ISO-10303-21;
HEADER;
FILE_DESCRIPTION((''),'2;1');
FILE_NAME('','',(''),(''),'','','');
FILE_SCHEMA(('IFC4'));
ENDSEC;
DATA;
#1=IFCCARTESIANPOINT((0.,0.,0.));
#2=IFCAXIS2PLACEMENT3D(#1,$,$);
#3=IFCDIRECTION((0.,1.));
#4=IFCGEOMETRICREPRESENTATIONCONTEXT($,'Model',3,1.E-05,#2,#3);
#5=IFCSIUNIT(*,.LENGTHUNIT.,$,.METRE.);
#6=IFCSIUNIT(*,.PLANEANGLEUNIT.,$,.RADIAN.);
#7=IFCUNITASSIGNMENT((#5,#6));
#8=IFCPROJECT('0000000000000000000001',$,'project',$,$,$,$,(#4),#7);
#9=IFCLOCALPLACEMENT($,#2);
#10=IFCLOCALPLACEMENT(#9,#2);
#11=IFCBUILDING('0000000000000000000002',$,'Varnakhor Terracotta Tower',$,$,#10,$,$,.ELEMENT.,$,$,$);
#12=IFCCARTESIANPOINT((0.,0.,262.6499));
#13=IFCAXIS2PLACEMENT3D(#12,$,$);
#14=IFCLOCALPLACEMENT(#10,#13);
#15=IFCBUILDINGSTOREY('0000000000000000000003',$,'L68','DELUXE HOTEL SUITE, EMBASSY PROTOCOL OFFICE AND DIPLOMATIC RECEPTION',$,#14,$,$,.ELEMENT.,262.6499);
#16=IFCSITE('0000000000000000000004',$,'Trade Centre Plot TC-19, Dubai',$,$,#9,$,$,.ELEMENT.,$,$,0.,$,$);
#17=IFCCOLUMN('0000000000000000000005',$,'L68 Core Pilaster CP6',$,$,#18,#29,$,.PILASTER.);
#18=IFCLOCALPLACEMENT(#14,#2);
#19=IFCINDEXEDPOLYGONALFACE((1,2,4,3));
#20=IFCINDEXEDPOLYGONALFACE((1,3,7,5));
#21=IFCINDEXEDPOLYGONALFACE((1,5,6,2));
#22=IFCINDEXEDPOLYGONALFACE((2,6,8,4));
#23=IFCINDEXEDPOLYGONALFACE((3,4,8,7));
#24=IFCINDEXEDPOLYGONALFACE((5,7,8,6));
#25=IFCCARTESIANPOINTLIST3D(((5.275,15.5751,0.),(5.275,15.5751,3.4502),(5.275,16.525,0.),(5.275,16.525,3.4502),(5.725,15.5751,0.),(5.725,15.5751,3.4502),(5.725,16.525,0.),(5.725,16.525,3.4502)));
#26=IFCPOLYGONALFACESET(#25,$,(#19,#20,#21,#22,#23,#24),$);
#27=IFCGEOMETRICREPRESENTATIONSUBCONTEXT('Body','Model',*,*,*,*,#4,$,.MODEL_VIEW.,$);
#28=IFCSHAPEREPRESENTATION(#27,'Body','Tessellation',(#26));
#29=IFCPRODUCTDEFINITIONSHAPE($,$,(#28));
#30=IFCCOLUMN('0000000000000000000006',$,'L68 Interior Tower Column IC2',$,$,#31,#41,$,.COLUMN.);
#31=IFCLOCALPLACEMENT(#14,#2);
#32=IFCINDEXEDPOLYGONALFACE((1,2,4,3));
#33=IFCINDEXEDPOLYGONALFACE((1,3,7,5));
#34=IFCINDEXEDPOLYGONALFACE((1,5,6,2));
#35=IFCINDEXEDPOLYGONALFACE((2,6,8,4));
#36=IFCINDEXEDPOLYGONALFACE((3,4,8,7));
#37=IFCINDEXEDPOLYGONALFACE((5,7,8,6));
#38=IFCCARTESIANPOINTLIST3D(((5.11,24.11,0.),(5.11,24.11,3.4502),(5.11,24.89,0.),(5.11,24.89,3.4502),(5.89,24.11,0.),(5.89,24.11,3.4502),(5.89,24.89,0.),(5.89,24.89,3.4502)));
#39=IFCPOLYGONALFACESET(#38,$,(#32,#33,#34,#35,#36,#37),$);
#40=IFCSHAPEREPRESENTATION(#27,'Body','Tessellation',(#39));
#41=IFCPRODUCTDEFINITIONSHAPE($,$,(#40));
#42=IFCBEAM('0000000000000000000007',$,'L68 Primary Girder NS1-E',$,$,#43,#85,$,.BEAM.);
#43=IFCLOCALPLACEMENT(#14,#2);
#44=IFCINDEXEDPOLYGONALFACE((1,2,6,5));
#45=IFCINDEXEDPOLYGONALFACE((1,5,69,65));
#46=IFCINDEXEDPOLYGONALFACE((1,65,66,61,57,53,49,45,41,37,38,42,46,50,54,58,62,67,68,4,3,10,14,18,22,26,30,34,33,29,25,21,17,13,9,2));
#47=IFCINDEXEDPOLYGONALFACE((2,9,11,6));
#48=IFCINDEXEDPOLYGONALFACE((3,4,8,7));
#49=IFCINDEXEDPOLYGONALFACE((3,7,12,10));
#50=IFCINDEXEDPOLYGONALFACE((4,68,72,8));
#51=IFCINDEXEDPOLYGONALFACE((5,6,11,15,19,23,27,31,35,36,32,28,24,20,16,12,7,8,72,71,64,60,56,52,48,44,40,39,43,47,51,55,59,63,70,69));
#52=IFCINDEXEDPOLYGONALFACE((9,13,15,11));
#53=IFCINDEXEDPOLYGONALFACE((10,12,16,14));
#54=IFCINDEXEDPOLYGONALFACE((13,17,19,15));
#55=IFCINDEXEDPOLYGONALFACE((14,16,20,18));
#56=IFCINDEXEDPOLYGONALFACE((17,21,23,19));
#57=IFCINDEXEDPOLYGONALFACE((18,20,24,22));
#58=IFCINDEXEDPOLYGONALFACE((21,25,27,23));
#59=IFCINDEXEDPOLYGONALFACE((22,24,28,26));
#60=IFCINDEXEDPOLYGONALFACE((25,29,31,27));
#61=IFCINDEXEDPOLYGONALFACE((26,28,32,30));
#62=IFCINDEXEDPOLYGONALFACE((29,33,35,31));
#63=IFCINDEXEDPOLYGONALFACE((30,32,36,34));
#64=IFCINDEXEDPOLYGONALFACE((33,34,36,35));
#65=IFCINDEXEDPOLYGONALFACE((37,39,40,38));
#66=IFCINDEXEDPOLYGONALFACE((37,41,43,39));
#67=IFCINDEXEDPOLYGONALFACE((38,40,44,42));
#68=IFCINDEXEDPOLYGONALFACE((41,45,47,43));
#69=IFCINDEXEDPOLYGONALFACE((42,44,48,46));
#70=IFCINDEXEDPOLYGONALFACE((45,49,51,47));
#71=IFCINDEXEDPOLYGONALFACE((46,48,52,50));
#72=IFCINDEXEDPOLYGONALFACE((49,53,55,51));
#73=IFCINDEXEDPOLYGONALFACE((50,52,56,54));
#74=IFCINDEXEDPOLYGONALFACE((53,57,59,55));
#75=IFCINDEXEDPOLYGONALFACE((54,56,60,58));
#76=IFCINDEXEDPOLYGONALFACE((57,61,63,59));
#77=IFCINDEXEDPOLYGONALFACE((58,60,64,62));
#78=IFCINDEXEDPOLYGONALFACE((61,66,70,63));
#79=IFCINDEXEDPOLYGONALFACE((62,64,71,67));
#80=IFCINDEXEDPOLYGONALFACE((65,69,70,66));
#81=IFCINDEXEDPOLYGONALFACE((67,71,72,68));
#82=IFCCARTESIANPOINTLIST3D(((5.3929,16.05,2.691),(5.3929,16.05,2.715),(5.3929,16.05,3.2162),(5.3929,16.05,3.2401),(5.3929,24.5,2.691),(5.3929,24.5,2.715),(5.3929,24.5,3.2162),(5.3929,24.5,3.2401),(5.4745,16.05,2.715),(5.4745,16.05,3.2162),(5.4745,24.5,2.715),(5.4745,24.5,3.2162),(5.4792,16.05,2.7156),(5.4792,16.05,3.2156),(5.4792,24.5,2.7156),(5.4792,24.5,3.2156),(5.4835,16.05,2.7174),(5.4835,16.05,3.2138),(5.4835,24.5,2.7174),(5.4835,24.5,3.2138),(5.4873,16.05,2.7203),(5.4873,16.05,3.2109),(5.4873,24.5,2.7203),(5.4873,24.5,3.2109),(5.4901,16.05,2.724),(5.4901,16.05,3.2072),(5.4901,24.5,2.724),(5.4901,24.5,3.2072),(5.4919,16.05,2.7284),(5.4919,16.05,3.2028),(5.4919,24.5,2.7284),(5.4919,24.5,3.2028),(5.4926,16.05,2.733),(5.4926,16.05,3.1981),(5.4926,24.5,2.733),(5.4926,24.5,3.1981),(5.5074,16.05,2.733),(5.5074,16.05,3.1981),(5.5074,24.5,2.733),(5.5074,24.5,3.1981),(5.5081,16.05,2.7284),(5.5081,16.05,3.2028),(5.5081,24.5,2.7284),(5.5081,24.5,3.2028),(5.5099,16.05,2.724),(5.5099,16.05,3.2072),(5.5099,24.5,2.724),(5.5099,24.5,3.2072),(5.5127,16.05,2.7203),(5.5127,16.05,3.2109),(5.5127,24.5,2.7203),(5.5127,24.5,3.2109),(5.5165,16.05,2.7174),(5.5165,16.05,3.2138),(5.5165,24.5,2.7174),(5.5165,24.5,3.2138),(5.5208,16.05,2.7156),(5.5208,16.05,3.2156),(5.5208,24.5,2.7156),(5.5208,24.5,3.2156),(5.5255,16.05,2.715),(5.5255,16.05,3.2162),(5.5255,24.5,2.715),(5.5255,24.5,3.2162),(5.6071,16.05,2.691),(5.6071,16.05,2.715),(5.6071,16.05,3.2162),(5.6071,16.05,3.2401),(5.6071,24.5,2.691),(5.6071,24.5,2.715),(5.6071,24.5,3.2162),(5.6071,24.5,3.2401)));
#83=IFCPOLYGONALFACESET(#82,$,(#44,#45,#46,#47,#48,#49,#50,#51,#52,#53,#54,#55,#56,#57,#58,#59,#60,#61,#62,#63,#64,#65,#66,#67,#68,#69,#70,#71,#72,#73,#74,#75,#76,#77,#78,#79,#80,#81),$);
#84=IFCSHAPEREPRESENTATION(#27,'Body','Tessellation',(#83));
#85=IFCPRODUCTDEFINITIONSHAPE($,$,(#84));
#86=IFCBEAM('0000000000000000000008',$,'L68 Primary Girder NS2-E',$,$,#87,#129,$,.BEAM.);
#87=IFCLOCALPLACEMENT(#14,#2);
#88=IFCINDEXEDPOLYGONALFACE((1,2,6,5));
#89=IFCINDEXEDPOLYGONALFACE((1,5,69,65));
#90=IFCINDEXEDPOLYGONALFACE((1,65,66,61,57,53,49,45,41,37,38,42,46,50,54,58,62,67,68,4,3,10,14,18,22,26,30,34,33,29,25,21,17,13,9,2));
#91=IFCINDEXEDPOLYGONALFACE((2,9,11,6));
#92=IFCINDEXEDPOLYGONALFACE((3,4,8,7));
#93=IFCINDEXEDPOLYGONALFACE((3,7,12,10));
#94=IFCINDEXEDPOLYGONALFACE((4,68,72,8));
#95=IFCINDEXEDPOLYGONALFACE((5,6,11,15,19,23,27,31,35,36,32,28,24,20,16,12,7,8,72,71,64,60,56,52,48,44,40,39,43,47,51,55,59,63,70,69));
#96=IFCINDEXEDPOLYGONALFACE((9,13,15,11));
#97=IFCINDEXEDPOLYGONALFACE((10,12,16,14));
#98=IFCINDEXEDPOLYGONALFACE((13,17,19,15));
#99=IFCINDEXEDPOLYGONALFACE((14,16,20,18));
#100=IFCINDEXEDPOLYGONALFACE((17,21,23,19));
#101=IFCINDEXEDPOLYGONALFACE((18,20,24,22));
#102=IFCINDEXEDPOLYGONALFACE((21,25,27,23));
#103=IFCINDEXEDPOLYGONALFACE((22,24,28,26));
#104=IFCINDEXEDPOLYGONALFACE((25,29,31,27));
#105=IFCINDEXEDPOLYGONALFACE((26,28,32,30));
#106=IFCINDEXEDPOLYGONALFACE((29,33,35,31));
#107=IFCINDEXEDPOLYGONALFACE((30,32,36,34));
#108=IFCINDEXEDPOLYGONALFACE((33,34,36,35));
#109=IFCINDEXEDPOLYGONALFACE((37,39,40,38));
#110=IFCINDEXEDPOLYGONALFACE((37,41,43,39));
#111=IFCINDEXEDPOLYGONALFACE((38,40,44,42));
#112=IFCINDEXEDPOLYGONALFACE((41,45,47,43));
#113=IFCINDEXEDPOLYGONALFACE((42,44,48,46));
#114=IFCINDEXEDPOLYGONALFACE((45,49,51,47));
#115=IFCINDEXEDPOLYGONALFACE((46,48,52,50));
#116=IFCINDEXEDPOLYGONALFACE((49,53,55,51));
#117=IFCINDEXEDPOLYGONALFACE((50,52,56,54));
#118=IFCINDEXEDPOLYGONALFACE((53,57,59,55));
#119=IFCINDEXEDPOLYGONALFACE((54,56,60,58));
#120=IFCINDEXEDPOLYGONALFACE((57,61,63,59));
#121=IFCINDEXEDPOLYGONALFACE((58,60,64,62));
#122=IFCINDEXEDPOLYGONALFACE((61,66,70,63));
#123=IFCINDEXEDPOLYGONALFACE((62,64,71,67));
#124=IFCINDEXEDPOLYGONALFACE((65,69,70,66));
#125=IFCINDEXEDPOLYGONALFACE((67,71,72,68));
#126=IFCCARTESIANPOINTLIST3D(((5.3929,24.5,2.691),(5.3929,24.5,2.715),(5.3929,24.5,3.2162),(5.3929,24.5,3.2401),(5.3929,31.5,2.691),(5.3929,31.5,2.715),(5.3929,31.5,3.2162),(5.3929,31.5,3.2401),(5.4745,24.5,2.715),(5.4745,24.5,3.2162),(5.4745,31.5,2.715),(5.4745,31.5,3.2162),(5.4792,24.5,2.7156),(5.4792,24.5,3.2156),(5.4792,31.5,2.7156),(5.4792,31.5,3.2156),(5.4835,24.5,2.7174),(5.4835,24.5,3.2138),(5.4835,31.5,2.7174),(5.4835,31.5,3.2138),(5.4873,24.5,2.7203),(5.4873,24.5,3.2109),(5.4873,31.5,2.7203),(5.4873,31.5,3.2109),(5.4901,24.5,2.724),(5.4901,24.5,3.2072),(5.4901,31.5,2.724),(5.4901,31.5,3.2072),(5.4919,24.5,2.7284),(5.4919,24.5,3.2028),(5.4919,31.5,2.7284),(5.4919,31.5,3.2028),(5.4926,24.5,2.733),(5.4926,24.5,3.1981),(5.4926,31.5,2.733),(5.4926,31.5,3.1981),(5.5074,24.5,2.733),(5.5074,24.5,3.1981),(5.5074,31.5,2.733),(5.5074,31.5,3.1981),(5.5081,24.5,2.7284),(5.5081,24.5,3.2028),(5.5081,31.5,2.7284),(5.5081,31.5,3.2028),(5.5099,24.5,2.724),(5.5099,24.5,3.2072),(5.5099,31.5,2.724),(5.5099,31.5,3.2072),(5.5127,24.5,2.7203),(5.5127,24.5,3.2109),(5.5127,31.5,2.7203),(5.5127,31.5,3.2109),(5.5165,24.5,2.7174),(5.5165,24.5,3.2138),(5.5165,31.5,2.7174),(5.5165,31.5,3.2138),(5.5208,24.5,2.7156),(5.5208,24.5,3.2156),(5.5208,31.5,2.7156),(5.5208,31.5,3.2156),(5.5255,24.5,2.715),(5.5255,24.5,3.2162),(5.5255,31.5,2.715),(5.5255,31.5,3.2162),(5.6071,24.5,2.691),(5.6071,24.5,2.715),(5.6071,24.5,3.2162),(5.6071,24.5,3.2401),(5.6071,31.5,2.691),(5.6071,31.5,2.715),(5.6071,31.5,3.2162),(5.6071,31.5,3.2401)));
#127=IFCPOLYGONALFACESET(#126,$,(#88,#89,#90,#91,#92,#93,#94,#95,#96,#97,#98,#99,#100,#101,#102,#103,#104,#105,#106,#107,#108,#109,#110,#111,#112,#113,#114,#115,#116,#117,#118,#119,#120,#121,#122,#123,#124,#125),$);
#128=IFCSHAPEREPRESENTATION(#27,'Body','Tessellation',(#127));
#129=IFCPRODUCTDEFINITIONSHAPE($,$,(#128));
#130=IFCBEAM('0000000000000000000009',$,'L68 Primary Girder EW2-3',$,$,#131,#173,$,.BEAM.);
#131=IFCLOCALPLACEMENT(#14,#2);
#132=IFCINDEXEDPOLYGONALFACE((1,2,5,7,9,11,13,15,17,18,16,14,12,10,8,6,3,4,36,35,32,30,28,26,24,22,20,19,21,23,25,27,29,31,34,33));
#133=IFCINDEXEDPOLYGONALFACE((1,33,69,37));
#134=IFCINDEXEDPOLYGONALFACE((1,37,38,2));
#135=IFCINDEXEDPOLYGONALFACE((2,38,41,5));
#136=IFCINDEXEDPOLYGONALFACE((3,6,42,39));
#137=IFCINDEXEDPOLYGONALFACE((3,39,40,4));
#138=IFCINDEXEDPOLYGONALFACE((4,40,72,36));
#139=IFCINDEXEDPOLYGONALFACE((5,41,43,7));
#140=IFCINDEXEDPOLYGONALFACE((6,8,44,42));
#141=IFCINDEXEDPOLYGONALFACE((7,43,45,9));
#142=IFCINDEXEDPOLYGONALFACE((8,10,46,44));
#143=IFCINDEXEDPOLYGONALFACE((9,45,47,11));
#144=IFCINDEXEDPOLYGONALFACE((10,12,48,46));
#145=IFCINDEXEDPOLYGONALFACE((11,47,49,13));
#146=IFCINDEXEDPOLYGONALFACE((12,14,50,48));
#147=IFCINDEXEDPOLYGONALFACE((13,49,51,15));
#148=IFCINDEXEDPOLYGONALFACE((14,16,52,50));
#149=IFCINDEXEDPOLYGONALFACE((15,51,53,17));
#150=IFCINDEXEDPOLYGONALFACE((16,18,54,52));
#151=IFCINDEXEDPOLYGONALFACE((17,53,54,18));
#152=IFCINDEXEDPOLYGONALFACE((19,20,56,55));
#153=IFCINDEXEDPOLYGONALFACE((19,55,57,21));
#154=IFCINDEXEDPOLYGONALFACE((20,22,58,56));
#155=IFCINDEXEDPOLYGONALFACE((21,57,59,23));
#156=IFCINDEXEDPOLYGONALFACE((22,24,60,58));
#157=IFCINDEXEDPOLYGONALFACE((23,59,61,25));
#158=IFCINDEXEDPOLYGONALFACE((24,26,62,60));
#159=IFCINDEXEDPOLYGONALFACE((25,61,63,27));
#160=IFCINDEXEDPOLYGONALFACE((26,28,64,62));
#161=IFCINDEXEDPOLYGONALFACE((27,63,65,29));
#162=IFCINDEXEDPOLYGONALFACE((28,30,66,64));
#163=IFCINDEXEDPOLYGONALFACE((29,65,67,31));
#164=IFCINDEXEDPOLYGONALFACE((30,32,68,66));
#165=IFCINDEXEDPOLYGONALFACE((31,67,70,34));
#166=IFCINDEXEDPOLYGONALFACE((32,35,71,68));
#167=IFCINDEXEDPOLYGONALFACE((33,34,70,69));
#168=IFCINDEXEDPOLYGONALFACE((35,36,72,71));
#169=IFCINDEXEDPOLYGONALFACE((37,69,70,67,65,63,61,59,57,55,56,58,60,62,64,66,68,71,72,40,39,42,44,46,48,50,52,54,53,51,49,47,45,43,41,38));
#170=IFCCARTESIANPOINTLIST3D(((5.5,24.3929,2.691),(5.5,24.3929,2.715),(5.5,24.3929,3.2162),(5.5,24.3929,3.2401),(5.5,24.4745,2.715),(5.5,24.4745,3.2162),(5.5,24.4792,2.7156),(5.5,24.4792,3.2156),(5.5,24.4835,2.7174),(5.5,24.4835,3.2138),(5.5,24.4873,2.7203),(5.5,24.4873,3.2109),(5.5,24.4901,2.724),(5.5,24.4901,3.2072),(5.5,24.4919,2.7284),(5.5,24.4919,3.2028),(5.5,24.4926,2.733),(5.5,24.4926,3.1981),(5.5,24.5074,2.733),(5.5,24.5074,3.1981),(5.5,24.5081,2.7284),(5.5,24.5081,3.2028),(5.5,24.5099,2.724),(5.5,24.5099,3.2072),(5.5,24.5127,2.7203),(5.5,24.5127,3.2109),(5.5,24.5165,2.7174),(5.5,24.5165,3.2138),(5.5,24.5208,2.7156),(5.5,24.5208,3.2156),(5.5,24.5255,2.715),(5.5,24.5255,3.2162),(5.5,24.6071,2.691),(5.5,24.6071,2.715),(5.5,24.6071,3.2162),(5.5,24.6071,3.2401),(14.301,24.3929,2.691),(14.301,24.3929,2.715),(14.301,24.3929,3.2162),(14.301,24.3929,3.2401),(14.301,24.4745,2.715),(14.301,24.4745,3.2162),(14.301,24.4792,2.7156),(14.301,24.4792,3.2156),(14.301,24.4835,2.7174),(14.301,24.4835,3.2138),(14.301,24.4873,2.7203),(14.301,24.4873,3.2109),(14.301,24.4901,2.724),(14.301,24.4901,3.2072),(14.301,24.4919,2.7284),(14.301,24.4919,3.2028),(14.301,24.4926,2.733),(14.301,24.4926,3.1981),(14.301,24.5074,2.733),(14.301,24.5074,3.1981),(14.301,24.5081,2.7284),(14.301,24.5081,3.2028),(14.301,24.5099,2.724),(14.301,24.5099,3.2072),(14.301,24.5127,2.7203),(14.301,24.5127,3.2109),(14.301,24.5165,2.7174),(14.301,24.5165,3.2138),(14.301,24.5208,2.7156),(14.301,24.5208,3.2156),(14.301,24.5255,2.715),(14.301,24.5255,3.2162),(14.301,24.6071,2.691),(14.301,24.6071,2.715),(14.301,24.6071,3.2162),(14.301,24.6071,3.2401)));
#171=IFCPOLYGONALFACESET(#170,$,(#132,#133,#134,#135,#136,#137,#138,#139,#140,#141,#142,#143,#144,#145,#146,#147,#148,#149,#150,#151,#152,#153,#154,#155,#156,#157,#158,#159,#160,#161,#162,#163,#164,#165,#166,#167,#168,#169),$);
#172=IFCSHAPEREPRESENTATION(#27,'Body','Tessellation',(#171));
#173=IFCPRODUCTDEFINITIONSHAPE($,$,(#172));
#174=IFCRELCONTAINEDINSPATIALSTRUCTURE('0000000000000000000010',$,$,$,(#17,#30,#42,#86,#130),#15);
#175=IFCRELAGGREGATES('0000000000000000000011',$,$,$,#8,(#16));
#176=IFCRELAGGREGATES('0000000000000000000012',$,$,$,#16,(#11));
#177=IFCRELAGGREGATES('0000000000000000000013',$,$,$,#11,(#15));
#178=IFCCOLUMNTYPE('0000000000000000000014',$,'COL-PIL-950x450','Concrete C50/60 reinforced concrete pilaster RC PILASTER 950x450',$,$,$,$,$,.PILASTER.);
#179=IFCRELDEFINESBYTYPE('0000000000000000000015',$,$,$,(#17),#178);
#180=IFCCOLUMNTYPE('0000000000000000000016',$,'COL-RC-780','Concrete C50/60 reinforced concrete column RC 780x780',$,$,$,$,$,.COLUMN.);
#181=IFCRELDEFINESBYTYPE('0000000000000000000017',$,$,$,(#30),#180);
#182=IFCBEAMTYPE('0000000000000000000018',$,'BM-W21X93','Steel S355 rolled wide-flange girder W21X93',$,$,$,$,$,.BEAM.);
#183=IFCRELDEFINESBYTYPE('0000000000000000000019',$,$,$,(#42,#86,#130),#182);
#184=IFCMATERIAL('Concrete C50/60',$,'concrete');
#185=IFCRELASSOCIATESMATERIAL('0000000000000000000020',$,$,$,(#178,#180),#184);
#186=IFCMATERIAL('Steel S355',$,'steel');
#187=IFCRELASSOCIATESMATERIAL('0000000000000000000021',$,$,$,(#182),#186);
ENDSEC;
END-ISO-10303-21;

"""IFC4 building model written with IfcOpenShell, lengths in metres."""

from ifc_helpers import new_model, si_unit, direction, frame, origin, origin_2d, place, context, subcontext, project, spatial, rectangle, i_section, extrude, source, transform, mapped, material, material_profile, profile_set, type_object, type_shapes, element, save


model = new_model("IFC4")

# Units and contexts
model_context = context("Model", 3, precision=1e-05, world=origin(), true_north=direction((0.0, 1.0)))
body_context = subcontext(model_context, "Body", "Model", "MODEL_VIEW")
ifc_project = project(units=[si_unit("LENGTHUNIT", "METRE"), si_unit("PLANEANGLEUNIT", "RADIAN")], contexts=[model_context])

# Site, building, storey
site_placement = place(None, origin())
site = spatial("IfcSite", under=ifc_project, at=site_placement, Name="Trade Centre Plot TC-19, Dubai", CompositionType="ELEMENT", RefElevation=0.0)
building_placement = place(site_placement, origin())
building = spatial("IfcBuilding", under=site, at=building_placement, Name="Varnakhor Terracotta Tower", CompositionType="ELEMENT")
storey_placement = place(building_placement, frame((0.0, 0.0, 262.6499)))
storey = spatial("IfcBuildingStorey", under=building, at=storey_placement, Name="L68", Description="DELUXE HOTEL SUITE, EMBASSY PROTOCOL OFFICE AND DIPLOMATIC RECEPTION", CompositionType="ELEMENT", Elevation=262.6499)

# Columns
ifc_material_1 = material(Name="Concrete C50/60", Category="concrete")
ifc_material_profile_1 = material_profile(ifc_material_1, rectangle(XDim=0.45, YDim=0.95, at=origin_2d()), Name="RC PILASTER 950x450")
ifc_profile_set_1 = profile_set([ifc_material_profile_1], Name="Concrete C50/60")
column_type_1 = type_object("IfcColumnType", Name="COL-PIL-950x450", Description="Concrete C50/60 reinforced concrete pilaster RC PILASTER 950x450", PredefinedType="PILASTER", material=ifc_profile_set_1)
shared_shape_1 = source(origin(), body_context, "Body", "SweptSolid", [
    extrude(rectangle(XDim=0.45, YDim=0.95, at=origin_2d()), origin(), (0.0, 0.0, 1.0), 3.4502),
])
column_1_placement = place(storey_placement, frame((5.5, 16.05, 0.0), z_axis=(0.0, 0.0, 1.0), x_axis=(1.0, 0.0, 0.0)))
element("IfcColumn", 1, at=column_1_placement, inside=storey, type_object=column_type_1, Name="L68 Core Pilaster CP6", PredefinedType="PILASTER", context=body_context, shape_type="MappedRepresentation", body=[
    mapped(shared_shape_1, transform((0.0, 0.0, 0.0), scale=1.0)),
])
ifc_material_profile_2 = material_profile(ifc_material_1, rectangle(XDim=0.78, YDim=0.78, at=origin_2d()), Name="RC 780x780")
ifc_profile_set_2 = profile_set([ifc_material_profile_2], Name="Concrete C50/60")
column_type_2 = type_object("IfcColumnType", Name="COL-RC-780", Description="Concrete C50/60 reinforced concrete column RC 780x780", PredefinedType="COLUMN", material=ifc_profile_set_2)
shared_shape_2 = source(origin(), body_context, "Body", "SweptSolid", [
    extrude(rectangle(XDim=0.78, YDim=0.78, at=origin_2d()), origin(), (0.0, 0.0, 1.0), 3.4502),
])
column_2_placement = place(storey_placement, frame((5.5, 24.5, 0.0), z_axis=(0.0, 0.0, 1.0), x_axis=(1.0, 0.0, 0.0)))
element("IfcColumn", 2, at=column_2_placement, inside=storey, type_object=column_type_2, Name="L68 Interior Tower Column IC2", PredefinedType="COLUMN", context=body_context, shape_type="MappedRepresentation", body=[
    mapped(shared_shape_2, transform((0.0, 0.0, 0.0), scale=1.0)),
])

# Beams
ifc_material_2 = material(Name="Steel S355", Category="steel")
ifc_material_profile_3 = material_profile(ifc_material_2, i_section(OverallWidth=0.2141, OverallDepth=0.5491, WebThickness=0.0149, FlangeThickness=0.0239, FilletRadius=0.0181, at=origin_2d()), Name="W21X93")
ifc_profile_set_3 = profile_set([ifc_material_profile_3], Name="Steel S355")
beam_type_1 = type_object("IfcBeamType", Name="BM-W21X93", Description="Steel S355 rolled wide-flange girder W21X93", PredefinedType="BEAM", material=ifc_profile_set_3)
shared_shape_3 = source(origin(), body_context, "Body", "SweptSolid", [
    extrude(i_section(OverallWidth=0.2141, OverallDepth=0.5491, WebThickness=0.0149, FlangeThickness=0.0239, FilletRadius=0.0181, at=origin_2d()), origin(), (0.0, 0.0, 1.0), 8.45),
])
type_shapes(beam_type_1, [shared_shape_3])
beam_1_placement = place(storey_placement, frame((5.5, 16.05, 2.9656), z_axis=(0.0, 1.0, 0.0), x_axis=(-1.0, 0.0, 0.0)))
element("IfcBeam", 3, at=beam_1_placement, inside=storey, type_object=beam_type_1, Name="L68 Primary Girder NS1-E", PredefinedType="BEAM", context=body_context, shape_type="MappedRepresentation", body=[
    mapped(shared_shape_3, transform((0.0, 0.0, 0.0), scale=1.0)),
])
shared_shape_4 = source(origin(), body_context, "Body", "SweptSolid", [
    extrude(i_section(OverallWidth=0.2141, OverallDepth=0.5491, WebThickness=0.0149, FlangeThickness=0.0239, FilletRadius=0.0181, at=origin_2d()), origin(), (0.0, 0.0, 1.0), 7.0),
])
beam_2_placement = place(storey_placement, frame((5.5, 24.5, 2.9656), z_axis=(0.0, 1.0, 0.0), x_axis=(-1.0, 0.0, 0.0)))
element("IfcBeam", 4, at=beam_2_placement, inside=storey, type_object=beam_type_1, Name="L68 Primary Girder NS2-E", PredefinedType="BEAM", context=body_context, shape_type="MappedRepresentation", body=[
    mapped(shared_shape_4, transform((0.0, 0.0, 0.0), scale=1.0)),
])
shared_shape_5 = source(origin(), body_context, "Body", "SweptSolid", [
    extrude(i_section(OverallWidth=0.2141, OverallDepth=0.5491, WebThickness=0.0149, FlangeThickness=0.0239, FilletRadius=0.0181, at=origin_2d()), origin(), (0.0, 0.0, 1.0), 8.801),
])
beam_3_placement = place(storey_placement, frame((5.5, 24.5, 2.9656), z_axis=(1.0, 0.0, 0.0), x_axis=(0.0, 1.0, 0.0)))
element("IfcBeam", 5, at=beam_3_placement, inside=storey, type_object=beam_type_1, Name="L68 Primary Girder EW2-3", PredefinedType="BEAM", context=body_context, shape_type="MappedRepresentation", body=[
    mapped(shared_shape_5, transform((0.0, 0.0, 0.0), scale=1.0)),
])

save(model, "model.ifc")
